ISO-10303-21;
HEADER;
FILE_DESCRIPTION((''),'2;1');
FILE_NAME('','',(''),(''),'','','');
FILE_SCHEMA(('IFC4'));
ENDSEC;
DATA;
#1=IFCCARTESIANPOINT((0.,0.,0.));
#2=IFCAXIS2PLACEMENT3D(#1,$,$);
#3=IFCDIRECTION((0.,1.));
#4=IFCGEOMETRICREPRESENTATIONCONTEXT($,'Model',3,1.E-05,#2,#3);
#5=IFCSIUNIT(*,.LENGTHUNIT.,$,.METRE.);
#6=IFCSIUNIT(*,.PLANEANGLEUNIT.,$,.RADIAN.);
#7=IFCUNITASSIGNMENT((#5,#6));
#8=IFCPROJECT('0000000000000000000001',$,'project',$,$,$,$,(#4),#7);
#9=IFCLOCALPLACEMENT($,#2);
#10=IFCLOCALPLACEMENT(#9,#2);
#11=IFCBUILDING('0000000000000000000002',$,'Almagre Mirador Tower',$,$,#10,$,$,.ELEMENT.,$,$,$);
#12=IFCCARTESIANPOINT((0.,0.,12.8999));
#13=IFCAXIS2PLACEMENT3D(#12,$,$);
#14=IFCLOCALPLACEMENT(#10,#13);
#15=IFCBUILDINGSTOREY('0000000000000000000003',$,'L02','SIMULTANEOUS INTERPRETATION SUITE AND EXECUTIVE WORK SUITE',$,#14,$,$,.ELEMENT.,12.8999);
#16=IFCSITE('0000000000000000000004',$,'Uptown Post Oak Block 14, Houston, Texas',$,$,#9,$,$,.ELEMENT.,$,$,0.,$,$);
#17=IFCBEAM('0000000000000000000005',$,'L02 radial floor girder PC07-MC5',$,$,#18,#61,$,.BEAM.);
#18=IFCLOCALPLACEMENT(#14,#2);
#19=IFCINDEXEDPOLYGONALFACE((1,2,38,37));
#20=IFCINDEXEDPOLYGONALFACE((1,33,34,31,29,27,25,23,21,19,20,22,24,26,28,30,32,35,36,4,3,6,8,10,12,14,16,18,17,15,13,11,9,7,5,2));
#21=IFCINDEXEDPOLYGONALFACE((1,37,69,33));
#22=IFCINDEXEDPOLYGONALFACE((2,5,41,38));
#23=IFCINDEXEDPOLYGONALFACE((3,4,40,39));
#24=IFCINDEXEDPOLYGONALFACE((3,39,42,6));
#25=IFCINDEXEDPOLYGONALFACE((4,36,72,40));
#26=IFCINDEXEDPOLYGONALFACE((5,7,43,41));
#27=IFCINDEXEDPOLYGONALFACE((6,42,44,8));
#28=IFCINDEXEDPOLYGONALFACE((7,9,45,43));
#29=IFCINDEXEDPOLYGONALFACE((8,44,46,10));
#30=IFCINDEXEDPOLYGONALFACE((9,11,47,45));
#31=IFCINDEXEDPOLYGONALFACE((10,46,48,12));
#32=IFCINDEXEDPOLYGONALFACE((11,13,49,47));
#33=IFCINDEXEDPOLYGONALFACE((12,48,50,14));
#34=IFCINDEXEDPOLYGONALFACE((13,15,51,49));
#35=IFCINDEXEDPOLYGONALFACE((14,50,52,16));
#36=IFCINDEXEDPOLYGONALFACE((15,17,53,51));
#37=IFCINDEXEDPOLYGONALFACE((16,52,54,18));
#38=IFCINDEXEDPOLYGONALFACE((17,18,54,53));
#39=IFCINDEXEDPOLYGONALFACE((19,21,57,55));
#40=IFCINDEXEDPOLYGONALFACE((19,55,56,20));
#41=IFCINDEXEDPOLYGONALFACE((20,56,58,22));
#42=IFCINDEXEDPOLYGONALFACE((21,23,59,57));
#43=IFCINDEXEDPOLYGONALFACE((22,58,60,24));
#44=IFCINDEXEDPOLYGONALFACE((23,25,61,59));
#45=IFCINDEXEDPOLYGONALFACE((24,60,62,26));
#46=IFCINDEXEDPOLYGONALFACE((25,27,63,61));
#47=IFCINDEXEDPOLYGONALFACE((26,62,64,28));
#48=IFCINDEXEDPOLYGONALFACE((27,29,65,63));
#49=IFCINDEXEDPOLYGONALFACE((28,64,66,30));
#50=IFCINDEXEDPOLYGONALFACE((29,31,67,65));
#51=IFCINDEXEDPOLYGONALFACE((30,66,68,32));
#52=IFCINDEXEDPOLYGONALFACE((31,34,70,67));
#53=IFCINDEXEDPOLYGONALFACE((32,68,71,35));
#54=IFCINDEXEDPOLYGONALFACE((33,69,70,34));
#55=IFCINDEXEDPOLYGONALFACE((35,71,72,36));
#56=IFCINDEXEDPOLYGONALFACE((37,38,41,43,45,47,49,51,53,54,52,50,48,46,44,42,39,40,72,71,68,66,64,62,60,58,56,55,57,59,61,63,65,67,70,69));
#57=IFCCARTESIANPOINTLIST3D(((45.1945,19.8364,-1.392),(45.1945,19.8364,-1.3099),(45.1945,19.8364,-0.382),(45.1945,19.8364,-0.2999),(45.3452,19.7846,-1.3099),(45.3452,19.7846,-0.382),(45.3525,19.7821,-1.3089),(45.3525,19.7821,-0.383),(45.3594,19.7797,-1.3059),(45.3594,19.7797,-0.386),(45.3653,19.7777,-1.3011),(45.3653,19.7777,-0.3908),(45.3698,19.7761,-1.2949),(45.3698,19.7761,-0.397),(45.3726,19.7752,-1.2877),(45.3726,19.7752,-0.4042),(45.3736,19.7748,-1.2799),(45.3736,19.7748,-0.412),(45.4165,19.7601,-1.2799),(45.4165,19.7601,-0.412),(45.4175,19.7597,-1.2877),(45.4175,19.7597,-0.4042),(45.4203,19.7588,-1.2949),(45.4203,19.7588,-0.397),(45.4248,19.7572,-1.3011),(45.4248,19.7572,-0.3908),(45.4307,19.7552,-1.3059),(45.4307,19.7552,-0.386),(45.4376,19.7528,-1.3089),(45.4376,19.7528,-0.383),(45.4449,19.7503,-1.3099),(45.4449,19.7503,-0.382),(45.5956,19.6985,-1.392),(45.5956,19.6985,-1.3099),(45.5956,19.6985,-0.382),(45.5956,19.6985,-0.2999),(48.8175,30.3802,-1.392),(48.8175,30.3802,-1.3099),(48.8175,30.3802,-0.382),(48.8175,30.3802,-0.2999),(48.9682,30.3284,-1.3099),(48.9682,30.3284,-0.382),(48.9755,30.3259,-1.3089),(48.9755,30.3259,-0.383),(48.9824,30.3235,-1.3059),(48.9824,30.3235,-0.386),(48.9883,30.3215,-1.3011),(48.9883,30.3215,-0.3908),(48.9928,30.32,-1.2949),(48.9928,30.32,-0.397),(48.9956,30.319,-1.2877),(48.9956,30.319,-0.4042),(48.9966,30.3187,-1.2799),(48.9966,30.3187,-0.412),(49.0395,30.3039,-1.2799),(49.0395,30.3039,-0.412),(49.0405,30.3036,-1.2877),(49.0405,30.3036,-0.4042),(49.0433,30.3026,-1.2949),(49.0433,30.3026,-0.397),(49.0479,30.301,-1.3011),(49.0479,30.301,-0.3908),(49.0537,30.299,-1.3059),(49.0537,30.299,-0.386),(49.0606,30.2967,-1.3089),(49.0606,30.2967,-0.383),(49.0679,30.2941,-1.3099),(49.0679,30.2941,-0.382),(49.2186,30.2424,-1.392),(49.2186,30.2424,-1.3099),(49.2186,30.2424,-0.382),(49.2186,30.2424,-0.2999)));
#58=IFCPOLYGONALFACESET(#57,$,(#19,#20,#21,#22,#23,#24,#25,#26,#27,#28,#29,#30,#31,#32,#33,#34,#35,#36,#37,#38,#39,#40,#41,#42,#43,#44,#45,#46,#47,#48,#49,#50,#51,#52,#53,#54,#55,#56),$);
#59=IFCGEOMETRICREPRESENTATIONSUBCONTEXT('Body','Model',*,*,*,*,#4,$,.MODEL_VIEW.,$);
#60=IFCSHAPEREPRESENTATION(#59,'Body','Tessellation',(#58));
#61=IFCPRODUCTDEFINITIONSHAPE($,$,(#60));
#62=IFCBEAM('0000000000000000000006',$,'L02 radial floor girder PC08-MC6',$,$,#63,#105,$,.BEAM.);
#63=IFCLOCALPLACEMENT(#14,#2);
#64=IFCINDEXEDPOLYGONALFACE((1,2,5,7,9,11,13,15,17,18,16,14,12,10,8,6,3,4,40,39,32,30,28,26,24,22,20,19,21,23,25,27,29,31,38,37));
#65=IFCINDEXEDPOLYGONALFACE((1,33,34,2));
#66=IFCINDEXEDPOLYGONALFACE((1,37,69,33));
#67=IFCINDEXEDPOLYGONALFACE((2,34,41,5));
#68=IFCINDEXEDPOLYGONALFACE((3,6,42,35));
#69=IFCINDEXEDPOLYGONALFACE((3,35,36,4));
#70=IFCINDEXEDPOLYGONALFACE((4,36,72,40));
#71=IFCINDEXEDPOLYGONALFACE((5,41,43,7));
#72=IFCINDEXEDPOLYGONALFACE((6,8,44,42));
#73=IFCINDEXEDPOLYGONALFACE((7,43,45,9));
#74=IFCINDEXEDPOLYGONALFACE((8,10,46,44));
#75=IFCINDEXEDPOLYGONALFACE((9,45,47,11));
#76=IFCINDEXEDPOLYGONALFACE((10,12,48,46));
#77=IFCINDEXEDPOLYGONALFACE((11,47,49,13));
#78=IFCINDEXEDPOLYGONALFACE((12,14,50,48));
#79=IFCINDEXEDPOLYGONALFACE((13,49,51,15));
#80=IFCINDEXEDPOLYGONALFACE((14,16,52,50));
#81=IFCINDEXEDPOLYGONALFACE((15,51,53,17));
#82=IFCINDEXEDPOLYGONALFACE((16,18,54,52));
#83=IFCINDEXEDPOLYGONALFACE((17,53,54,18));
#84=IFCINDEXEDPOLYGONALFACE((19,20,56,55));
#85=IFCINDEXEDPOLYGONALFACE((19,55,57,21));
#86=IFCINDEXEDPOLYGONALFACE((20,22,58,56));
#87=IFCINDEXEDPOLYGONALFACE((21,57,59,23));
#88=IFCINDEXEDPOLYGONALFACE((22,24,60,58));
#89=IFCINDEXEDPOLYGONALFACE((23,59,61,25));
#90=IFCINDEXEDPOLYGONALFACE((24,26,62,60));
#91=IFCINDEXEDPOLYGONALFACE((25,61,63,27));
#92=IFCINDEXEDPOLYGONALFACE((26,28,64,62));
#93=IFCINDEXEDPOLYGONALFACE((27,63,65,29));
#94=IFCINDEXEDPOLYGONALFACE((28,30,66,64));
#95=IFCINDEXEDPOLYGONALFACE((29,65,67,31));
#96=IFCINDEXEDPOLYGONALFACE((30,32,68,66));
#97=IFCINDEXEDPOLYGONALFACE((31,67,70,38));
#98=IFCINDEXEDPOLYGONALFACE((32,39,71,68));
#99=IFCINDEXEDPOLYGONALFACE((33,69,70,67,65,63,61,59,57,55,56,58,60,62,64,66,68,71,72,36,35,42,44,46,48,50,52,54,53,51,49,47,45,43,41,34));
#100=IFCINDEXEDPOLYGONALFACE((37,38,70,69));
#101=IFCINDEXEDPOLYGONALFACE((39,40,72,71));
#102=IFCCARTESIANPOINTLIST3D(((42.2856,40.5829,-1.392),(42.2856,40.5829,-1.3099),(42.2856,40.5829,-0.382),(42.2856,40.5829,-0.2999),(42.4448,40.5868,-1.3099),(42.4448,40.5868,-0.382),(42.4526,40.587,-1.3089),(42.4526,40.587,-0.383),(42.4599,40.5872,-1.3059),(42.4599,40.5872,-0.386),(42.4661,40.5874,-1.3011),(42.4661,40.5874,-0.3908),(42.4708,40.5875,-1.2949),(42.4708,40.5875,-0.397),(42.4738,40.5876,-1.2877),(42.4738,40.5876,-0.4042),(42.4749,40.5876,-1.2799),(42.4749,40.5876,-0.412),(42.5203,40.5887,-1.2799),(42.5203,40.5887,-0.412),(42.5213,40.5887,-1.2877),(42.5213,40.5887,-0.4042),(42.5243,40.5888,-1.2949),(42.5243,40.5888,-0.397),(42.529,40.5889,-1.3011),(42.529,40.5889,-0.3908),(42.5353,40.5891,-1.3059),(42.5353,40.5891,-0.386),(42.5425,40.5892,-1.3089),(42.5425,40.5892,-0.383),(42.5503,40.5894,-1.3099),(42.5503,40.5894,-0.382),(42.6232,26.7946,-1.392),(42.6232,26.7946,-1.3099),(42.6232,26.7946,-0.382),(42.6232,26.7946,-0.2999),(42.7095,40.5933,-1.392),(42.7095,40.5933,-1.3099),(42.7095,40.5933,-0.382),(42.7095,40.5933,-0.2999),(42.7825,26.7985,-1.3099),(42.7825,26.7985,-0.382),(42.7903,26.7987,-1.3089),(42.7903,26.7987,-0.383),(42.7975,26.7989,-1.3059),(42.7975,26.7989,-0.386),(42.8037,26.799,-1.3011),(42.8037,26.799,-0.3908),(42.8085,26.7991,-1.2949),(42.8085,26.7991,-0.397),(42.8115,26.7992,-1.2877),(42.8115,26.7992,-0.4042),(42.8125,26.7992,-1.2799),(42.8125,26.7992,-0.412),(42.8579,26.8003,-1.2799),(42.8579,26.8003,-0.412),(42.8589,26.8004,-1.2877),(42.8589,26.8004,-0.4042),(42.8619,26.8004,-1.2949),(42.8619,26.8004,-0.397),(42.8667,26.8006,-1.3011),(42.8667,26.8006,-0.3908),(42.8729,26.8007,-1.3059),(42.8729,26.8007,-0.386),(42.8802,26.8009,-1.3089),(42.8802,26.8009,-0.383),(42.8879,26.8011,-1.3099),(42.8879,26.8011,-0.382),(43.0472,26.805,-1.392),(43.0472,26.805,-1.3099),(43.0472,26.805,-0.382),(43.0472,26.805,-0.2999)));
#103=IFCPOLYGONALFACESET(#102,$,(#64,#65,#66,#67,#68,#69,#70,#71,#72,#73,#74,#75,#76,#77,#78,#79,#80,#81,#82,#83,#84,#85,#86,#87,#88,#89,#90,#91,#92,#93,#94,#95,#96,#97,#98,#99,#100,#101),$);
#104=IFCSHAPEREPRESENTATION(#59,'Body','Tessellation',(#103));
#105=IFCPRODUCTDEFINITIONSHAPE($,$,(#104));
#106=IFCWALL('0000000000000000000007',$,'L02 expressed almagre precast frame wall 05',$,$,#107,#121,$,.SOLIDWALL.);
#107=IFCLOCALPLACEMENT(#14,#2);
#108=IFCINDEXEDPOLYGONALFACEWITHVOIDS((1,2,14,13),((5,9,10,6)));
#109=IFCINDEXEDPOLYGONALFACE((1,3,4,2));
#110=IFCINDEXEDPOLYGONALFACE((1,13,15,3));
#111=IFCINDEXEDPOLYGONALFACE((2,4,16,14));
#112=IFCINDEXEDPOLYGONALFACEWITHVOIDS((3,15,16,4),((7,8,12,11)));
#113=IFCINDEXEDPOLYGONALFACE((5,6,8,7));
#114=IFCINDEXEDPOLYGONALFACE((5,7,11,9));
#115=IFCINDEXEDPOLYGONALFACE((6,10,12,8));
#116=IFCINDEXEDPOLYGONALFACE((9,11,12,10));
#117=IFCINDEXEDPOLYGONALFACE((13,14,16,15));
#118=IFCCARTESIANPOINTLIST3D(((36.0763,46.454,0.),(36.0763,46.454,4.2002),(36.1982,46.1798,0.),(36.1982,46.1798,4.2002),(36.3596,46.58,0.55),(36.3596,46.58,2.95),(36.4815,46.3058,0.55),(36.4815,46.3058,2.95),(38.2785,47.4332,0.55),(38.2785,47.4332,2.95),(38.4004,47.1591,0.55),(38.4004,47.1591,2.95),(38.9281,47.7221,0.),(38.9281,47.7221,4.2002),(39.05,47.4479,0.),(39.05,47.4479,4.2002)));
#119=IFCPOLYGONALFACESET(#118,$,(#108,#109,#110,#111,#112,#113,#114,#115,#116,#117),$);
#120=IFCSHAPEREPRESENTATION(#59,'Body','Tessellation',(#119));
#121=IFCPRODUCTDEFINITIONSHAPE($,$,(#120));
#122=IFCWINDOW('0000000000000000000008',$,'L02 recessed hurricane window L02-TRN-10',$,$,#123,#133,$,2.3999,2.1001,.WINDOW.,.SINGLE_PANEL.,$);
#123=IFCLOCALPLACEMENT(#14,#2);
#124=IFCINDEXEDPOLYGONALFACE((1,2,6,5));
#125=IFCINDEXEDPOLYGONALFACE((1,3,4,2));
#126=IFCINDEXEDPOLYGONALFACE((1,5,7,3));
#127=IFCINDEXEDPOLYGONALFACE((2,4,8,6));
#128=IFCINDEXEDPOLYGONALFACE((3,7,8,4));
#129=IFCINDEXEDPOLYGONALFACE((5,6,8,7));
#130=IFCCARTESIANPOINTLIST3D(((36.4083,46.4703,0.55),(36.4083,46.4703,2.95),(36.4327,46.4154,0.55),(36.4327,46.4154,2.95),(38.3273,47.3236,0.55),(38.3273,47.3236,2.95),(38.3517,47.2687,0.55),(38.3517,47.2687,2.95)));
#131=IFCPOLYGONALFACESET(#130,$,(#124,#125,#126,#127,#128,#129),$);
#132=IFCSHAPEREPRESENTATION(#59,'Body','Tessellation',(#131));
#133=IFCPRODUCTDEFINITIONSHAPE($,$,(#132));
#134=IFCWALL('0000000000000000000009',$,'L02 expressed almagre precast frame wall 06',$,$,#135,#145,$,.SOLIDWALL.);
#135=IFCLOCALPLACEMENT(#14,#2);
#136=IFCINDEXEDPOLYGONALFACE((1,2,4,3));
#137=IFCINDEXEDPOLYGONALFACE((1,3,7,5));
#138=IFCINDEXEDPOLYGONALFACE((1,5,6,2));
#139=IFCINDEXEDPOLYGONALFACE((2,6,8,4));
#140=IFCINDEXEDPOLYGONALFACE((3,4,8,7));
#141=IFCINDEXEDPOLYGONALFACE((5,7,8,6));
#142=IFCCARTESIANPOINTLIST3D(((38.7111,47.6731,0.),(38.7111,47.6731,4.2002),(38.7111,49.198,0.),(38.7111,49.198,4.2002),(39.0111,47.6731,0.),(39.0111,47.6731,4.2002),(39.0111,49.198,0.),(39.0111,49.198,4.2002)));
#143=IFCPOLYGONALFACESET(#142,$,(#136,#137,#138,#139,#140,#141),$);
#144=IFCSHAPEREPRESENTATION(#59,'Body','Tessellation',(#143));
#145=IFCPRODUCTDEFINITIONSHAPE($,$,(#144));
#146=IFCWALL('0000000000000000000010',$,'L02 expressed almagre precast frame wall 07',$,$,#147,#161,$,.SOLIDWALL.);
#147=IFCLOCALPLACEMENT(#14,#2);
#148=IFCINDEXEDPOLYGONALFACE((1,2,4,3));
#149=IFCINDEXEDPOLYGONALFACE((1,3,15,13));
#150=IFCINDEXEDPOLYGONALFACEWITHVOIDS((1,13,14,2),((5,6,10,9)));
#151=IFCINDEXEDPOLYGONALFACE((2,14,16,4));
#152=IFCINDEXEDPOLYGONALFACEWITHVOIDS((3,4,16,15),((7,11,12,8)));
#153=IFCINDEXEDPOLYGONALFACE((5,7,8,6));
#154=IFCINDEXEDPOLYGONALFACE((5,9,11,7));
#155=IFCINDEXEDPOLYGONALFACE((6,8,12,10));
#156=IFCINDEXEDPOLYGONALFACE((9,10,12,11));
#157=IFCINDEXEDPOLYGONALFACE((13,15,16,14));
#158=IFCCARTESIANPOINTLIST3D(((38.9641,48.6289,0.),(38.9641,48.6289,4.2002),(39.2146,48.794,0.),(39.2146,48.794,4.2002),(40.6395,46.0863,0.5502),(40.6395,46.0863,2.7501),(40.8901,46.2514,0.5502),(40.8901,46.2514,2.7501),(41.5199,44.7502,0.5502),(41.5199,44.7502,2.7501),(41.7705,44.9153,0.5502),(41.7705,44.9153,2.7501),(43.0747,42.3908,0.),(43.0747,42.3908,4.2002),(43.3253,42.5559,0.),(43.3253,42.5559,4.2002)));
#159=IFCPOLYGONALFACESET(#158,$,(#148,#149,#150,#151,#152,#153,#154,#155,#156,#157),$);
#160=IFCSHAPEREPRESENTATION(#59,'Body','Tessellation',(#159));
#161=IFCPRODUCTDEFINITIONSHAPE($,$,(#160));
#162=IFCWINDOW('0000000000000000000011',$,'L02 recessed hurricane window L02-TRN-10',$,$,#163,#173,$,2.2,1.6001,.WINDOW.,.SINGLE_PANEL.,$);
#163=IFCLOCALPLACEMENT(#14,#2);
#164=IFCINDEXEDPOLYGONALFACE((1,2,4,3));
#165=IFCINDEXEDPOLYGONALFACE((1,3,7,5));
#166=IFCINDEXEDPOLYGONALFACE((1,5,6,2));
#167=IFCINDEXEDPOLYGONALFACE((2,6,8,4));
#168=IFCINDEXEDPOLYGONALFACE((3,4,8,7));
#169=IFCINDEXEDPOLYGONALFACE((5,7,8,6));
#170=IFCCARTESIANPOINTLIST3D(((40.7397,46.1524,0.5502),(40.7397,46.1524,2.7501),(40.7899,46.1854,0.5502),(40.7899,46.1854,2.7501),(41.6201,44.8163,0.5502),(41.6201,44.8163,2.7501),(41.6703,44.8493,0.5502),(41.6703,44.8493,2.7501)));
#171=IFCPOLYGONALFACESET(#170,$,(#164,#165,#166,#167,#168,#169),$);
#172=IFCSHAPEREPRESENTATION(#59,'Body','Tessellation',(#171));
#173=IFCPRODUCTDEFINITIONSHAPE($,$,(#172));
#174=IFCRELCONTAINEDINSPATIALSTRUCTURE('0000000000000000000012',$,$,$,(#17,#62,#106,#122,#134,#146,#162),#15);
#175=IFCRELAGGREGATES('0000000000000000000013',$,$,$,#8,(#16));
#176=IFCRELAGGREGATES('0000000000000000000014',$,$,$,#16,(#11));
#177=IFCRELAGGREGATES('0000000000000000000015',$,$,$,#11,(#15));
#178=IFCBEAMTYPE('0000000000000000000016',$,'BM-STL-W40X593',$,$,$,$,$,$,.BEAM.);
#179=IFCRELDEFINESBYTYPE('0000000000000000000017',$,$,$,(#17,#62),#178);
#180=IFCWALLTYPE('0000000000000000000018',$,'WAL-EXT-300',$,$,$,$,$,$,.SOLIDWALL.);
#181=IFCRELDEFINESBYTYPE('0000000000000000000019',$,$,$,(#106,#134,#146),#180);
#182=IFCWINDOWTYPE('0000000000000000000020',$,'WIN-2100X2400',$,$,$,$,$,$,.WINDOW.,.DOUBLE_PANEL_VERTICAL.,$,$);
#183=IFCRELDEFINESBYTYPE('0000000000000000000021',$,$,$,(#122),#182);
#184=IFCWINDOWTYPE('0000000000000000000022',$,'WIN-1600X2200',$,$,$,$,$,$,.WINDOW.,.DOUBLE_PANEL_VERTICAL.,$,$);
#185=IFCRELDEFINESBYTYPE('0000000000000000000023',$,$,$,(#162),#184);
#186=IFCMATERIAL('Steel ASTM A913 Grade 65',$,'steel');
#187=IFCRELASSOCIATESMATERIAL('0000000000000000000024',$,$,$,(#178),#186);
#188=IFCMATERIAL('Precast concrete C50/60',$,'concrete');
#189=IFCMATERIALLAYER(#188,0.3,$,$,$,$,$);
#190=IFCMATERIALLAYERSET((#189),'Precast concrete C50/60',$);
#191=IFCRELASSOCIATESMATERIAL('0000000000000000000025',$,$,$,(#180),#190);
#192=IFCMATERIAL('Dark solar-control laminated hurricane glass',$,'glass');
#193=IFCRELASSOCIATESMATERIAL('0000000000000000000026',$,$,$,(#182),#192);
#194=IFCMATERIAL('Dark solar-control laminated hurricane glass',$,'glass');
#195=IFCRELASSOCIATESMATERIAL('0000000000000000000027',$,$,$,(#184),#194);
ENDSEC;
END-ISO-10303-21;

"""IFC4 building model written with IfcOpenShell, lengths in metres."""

from ifc_helpers import new_model, si_unit, direction, frame, frame_2d, origin, origin_2d, place, context, subcontext, project, spatial, rectangle, i_section, extrude, material, layer, layer_set, material_profile, profile_set, type_object, element, fill, save


model = new_model("IFC4")

# Units and contexts
model_context = context("Model", 3, precision=1e-05, world=origin(), true_north=direction((0.0, 1.0)))
body_context = subcontext(model_context, "Body", "Model", "MODEL_VIEW")
ifc_project = project(units=[si_unit("LENGTHUNIT", "METRE"), si_unit("PLANEANGLEUNIT", "RADIAN")], contexts=[model_context])

# Site, building, storey
site_placement = place(None, origin())
site = spatial("IfcSite", under=ifc_project, at=site_placement, Name="Uptown Post Oak Block 14, Houston, Texas", CompositionType="ELEMENT", RefElevation=0.0)
building_placement = place(site_placement, origin())
building = spatial("IfcBuilding", under=site, at=building_placement, Name="Almagre Mirador Tower", CompositionType="ELEMENT")
storey_placement = place(building_placement, frame((0.0, 0.0, 12.8999)))
storey = spatial("IfcBuildingStorey", under=building, at=storey_placement, Name="L02", Description="SIMULTANEOUS INTERPRETATION SUITE AND EXECUTIVE WORK SUITE", CompositionType="ELEMENT", Elevation=12.8999)

# Beams
ifc_material_1 = material(Name="Steel ASTM A913 Grade 65", Category="steel")
ifc_material_profile_1 = material_profile(ifc_material_1, i_section(OverallWidth=0.4241, OverallDepth=1.092, WebThickness=0.0454, FlangeThickness=0.082, FilletRadius=0.03, at=origin_2d()), Name="W40X593")
ifc_profile_set_1 = profile_set([ifc_material_profile_1], Name="Steel ASTM A913 Grade 65")
beam_type_1 = type_object("IfcBeamType", Name="BM-STL-W40X593", PredefinedType="BEAM", material=ifc_profile_set_1)
beam_1_placement = place(storey_placement, frame((49.0181, 30.3113, -0.8459), z_axis=(-0.324965, -0.945726, 0.0), x_axis=(0.945726, -0.324965, 0.0)))
element("IfcBeam", 1, at=beam_1_placement, inside=storey, type_object=beam_type_1, Name="L02 radial floor girder PC07-MC5", PredefinedType="BEAM", context=body_context, shape_type="SweptSolid", body=[
    extrude(i_section(OverallWidth=0.4241, OverallDepth=1.092, WebThickness=0.0454, FlangeThickness=0.082, FilletRadius=0.03, at=origin_2d()), origin(), (0.0, 0.0, 1.0), 11.1489),
])
beam_2_placement = place(storey_placement, frame((42.4976, 40.5881, -0.8459), z_axis=(0.024481, -0.9997, 0.0), x_axis=(0.9997, 0.024481, 0.0)))
element("IfcBeam", 2, at=beam_2_placement, inside=storey, type_object=beam_type_1, Name="L02 radial floor girder PC08-MC6", PredefinedType="BEAM", context=body_context, shape_type="SweptSolid", body=[
    extrude(i_section(OverallWidth=0.4241, OverallDepth=1.092, WebThickness=0.0454, FlangeThickness=0.082, FilletRadius=0.03, at=origin_2d()), origin(), (0.0, 0.0, 1.0), 13.7925),
])

# Wall, opening, window
ifc_material_2 = material(Name="Precast concrete C50/60", Category="concrete")
ifc_layer_1 = layer(ifc_material_2, 0.3)
ifc_layer_set_1 = layer_set([ifc_layer_1], Name="Precast concrete C50/60")
wall_type_1 = type_object("IfcWallType", Name="WAL-EXT-300", PredefinedType="SOLIDWALL", material=ifc_layer_set_1)
wall_1_placement = place(storey_placement, frame((36.1372, 46.3169, 0.0), z_axis=(0.0, 0.0, 1.0), x_axis=(0.913741, 0.406298, 0.0)))
wall_1 = element("IfcWall", 3, at=wall_1_placement, inside=storey, type_object=wall_type_1, Name="L02 expressed almagre precast frame wall 05", PredefinedType="SOLIDWALL", context=body_context, shape_type="SweptSolid", body=[
    extrude(rectangle(XDim=3.1211, YDim=0.3, at=frame_2d((1.5605, 0.0))), origin(), (0.0, 0.0, 1.0), 4.2002),
])
opening_1_placement = place(wall_1_placement, frame((0.3101, 0.0, 0.55)))
opening_1 = element("IfcOpeningElement", 4, at=opening_1_placement, cuts=wall_1, PredefinedType="OPENING", context=body_context, shape_type="SweptSolid", body=[
    extrude(rectangle(XDim=2.1001, YDim=2.3999, at=frame_2d((1.05, 1.2))), frame((0.0, 0.1599, 0.0), z_axis=(0.0, -1.0, 0.0), x_axis=(1.0, 0.0, 0.0)), (0.0, 0.0, 1.0), 0.32),
])
ifc_material_3 = material(Name="Dark solar-control laminated hurricane glass", Category="glass")
window_type_1 = type_object("IfcWindowType", Name="WIN-2100X2400", PartitioningType="DOUBLE_PANEL_VERTICAL", PredefinedType="WINDOW", material=ifc_material_3)
window_1_placement = place(opening_1_placement, origin())
window_1 = element("IfcWindow", 5, at=window_1_placement, inside=storey, type_object=window_type_1, Name="L02 recessed hurricane window L02-TRN-10", OverallHeight=2.3999, OverallWidth=2.1001, PartitioningType="SINGLE_PANEL", PredefinedType="WINDOW", context=body_context, shape_type="SweptSolid", body=[
    extrude(rectangle(XDim=2.1001, YDim=2.3999, at=frame_2d((1.05, 1.2))), frame((0.0, 0.03, 0.0), z_axis=(0.0, -1.0, 0.0), x_axis=(1.0, 0.0, 0.0)), (0.0, 0.0, 1.0), 0.0601),
])
fill(opening_1, window_1)

# Wall
wall_2_placement = place(storey_placement, frame((38.8611, 47.6731, 0.0), z_axis=(0.0, 0.0, 1.0), x_axis=(0.0, 1.0, 0.0)))
element("IfcWall", 6, at=wall_2_placement, inside=storey, type_object=wall_type_1, Name="L02 expressed almagre precast frame wall 06", PredefinedType="SOLIDWALL", context=body_context, shape_type="SweptSolid", body=[
    extrude(rectangle(XDim=1.5249, YDim=0.3, at=frame_2d((0.7625, 0.0))), origin(), (0.0, 0.0, 1.0), 4.2002),
])

# Wall, opening, window
wall_3_placement = place(storey_placement, frame((39.0894, 48.7114, 0.0), z_axis=(0.0, 0.0, 1.0), x_axis=(0.550235, -0.83501, 0.0)))
wall_3 = element("IfcWall", 7, at=wall_3_placement, inside=storey, type_object=wall_type_1, Name="L02 expressed almagre precast frame wall 07", PredefinedType="SOLIDWALL", context=body_context, shape_type="SweptSolid", body=[
    extrude(rectangle(XDim=7.4707, YDim=0.3, at=frame_2d((3.7354, 0.0))), origin(), (0.0, 0.0, 1.0), 4.2002),
])
opening_2_placement = place(wall_3_placement, frame((3.0449, 0.0, 0.55)))
opening_2 = element("IfcOpeningElement", 8, at=opening_2_placement, cuts=wall_3, PredefinedType="OPENING", context=body_context, shape_type="SweptSolid", body=[
    extrude(rectangle(XDim=1.6001, YDim=2.2, at=frame_2d((0.8, 1.1001))), frame((0.0, 0.1599, 0.0), z_axis=(0.0, -1.0, 0.0), x_axis=(1.0, 0.0, 0.0)), (0.0, 0.0, 1.0), 0.32),
])
ifc_material_4 = material(Name="Dark solar-control laminated hurricane glass", Category="glass")
window_type_2 = type_object("IfcWindowType", Name="WIN-1600X2200", PartitioningType="DOUBLE_PANEL_VERTICAL", PredefinedType="WINDOW", material=ifc_material_4)
window_2_placement = place(opening_2_placement, origin())
window_2 = element("IfcWindow", 9, at=window_2_placement, inside=storey, type_object=window_type_2, Name="L02 recessed hurricane window L02-TRN-10", OverallHeight=2.2, OverallWidth=1.6001, PartitioningType="SINGLE_PANEL", PredefinedType="WINDOW", context=body_context, shape_type="SweptSolid", body=[
    extrude(rectangle(XDim=1.6001, YDim=2.2, at=frame_2d((0.8, 1.1001))), frame((0.0, 0.03, 0.0), z_axis=(0.0, -1.0, 0.0), x_axis=(1.0, 0.0, 0.0)), (0.0, 0.0, 1.0), 0.0601),
])
fill(opening_2, window_2)

save(model, "model.ifc")
